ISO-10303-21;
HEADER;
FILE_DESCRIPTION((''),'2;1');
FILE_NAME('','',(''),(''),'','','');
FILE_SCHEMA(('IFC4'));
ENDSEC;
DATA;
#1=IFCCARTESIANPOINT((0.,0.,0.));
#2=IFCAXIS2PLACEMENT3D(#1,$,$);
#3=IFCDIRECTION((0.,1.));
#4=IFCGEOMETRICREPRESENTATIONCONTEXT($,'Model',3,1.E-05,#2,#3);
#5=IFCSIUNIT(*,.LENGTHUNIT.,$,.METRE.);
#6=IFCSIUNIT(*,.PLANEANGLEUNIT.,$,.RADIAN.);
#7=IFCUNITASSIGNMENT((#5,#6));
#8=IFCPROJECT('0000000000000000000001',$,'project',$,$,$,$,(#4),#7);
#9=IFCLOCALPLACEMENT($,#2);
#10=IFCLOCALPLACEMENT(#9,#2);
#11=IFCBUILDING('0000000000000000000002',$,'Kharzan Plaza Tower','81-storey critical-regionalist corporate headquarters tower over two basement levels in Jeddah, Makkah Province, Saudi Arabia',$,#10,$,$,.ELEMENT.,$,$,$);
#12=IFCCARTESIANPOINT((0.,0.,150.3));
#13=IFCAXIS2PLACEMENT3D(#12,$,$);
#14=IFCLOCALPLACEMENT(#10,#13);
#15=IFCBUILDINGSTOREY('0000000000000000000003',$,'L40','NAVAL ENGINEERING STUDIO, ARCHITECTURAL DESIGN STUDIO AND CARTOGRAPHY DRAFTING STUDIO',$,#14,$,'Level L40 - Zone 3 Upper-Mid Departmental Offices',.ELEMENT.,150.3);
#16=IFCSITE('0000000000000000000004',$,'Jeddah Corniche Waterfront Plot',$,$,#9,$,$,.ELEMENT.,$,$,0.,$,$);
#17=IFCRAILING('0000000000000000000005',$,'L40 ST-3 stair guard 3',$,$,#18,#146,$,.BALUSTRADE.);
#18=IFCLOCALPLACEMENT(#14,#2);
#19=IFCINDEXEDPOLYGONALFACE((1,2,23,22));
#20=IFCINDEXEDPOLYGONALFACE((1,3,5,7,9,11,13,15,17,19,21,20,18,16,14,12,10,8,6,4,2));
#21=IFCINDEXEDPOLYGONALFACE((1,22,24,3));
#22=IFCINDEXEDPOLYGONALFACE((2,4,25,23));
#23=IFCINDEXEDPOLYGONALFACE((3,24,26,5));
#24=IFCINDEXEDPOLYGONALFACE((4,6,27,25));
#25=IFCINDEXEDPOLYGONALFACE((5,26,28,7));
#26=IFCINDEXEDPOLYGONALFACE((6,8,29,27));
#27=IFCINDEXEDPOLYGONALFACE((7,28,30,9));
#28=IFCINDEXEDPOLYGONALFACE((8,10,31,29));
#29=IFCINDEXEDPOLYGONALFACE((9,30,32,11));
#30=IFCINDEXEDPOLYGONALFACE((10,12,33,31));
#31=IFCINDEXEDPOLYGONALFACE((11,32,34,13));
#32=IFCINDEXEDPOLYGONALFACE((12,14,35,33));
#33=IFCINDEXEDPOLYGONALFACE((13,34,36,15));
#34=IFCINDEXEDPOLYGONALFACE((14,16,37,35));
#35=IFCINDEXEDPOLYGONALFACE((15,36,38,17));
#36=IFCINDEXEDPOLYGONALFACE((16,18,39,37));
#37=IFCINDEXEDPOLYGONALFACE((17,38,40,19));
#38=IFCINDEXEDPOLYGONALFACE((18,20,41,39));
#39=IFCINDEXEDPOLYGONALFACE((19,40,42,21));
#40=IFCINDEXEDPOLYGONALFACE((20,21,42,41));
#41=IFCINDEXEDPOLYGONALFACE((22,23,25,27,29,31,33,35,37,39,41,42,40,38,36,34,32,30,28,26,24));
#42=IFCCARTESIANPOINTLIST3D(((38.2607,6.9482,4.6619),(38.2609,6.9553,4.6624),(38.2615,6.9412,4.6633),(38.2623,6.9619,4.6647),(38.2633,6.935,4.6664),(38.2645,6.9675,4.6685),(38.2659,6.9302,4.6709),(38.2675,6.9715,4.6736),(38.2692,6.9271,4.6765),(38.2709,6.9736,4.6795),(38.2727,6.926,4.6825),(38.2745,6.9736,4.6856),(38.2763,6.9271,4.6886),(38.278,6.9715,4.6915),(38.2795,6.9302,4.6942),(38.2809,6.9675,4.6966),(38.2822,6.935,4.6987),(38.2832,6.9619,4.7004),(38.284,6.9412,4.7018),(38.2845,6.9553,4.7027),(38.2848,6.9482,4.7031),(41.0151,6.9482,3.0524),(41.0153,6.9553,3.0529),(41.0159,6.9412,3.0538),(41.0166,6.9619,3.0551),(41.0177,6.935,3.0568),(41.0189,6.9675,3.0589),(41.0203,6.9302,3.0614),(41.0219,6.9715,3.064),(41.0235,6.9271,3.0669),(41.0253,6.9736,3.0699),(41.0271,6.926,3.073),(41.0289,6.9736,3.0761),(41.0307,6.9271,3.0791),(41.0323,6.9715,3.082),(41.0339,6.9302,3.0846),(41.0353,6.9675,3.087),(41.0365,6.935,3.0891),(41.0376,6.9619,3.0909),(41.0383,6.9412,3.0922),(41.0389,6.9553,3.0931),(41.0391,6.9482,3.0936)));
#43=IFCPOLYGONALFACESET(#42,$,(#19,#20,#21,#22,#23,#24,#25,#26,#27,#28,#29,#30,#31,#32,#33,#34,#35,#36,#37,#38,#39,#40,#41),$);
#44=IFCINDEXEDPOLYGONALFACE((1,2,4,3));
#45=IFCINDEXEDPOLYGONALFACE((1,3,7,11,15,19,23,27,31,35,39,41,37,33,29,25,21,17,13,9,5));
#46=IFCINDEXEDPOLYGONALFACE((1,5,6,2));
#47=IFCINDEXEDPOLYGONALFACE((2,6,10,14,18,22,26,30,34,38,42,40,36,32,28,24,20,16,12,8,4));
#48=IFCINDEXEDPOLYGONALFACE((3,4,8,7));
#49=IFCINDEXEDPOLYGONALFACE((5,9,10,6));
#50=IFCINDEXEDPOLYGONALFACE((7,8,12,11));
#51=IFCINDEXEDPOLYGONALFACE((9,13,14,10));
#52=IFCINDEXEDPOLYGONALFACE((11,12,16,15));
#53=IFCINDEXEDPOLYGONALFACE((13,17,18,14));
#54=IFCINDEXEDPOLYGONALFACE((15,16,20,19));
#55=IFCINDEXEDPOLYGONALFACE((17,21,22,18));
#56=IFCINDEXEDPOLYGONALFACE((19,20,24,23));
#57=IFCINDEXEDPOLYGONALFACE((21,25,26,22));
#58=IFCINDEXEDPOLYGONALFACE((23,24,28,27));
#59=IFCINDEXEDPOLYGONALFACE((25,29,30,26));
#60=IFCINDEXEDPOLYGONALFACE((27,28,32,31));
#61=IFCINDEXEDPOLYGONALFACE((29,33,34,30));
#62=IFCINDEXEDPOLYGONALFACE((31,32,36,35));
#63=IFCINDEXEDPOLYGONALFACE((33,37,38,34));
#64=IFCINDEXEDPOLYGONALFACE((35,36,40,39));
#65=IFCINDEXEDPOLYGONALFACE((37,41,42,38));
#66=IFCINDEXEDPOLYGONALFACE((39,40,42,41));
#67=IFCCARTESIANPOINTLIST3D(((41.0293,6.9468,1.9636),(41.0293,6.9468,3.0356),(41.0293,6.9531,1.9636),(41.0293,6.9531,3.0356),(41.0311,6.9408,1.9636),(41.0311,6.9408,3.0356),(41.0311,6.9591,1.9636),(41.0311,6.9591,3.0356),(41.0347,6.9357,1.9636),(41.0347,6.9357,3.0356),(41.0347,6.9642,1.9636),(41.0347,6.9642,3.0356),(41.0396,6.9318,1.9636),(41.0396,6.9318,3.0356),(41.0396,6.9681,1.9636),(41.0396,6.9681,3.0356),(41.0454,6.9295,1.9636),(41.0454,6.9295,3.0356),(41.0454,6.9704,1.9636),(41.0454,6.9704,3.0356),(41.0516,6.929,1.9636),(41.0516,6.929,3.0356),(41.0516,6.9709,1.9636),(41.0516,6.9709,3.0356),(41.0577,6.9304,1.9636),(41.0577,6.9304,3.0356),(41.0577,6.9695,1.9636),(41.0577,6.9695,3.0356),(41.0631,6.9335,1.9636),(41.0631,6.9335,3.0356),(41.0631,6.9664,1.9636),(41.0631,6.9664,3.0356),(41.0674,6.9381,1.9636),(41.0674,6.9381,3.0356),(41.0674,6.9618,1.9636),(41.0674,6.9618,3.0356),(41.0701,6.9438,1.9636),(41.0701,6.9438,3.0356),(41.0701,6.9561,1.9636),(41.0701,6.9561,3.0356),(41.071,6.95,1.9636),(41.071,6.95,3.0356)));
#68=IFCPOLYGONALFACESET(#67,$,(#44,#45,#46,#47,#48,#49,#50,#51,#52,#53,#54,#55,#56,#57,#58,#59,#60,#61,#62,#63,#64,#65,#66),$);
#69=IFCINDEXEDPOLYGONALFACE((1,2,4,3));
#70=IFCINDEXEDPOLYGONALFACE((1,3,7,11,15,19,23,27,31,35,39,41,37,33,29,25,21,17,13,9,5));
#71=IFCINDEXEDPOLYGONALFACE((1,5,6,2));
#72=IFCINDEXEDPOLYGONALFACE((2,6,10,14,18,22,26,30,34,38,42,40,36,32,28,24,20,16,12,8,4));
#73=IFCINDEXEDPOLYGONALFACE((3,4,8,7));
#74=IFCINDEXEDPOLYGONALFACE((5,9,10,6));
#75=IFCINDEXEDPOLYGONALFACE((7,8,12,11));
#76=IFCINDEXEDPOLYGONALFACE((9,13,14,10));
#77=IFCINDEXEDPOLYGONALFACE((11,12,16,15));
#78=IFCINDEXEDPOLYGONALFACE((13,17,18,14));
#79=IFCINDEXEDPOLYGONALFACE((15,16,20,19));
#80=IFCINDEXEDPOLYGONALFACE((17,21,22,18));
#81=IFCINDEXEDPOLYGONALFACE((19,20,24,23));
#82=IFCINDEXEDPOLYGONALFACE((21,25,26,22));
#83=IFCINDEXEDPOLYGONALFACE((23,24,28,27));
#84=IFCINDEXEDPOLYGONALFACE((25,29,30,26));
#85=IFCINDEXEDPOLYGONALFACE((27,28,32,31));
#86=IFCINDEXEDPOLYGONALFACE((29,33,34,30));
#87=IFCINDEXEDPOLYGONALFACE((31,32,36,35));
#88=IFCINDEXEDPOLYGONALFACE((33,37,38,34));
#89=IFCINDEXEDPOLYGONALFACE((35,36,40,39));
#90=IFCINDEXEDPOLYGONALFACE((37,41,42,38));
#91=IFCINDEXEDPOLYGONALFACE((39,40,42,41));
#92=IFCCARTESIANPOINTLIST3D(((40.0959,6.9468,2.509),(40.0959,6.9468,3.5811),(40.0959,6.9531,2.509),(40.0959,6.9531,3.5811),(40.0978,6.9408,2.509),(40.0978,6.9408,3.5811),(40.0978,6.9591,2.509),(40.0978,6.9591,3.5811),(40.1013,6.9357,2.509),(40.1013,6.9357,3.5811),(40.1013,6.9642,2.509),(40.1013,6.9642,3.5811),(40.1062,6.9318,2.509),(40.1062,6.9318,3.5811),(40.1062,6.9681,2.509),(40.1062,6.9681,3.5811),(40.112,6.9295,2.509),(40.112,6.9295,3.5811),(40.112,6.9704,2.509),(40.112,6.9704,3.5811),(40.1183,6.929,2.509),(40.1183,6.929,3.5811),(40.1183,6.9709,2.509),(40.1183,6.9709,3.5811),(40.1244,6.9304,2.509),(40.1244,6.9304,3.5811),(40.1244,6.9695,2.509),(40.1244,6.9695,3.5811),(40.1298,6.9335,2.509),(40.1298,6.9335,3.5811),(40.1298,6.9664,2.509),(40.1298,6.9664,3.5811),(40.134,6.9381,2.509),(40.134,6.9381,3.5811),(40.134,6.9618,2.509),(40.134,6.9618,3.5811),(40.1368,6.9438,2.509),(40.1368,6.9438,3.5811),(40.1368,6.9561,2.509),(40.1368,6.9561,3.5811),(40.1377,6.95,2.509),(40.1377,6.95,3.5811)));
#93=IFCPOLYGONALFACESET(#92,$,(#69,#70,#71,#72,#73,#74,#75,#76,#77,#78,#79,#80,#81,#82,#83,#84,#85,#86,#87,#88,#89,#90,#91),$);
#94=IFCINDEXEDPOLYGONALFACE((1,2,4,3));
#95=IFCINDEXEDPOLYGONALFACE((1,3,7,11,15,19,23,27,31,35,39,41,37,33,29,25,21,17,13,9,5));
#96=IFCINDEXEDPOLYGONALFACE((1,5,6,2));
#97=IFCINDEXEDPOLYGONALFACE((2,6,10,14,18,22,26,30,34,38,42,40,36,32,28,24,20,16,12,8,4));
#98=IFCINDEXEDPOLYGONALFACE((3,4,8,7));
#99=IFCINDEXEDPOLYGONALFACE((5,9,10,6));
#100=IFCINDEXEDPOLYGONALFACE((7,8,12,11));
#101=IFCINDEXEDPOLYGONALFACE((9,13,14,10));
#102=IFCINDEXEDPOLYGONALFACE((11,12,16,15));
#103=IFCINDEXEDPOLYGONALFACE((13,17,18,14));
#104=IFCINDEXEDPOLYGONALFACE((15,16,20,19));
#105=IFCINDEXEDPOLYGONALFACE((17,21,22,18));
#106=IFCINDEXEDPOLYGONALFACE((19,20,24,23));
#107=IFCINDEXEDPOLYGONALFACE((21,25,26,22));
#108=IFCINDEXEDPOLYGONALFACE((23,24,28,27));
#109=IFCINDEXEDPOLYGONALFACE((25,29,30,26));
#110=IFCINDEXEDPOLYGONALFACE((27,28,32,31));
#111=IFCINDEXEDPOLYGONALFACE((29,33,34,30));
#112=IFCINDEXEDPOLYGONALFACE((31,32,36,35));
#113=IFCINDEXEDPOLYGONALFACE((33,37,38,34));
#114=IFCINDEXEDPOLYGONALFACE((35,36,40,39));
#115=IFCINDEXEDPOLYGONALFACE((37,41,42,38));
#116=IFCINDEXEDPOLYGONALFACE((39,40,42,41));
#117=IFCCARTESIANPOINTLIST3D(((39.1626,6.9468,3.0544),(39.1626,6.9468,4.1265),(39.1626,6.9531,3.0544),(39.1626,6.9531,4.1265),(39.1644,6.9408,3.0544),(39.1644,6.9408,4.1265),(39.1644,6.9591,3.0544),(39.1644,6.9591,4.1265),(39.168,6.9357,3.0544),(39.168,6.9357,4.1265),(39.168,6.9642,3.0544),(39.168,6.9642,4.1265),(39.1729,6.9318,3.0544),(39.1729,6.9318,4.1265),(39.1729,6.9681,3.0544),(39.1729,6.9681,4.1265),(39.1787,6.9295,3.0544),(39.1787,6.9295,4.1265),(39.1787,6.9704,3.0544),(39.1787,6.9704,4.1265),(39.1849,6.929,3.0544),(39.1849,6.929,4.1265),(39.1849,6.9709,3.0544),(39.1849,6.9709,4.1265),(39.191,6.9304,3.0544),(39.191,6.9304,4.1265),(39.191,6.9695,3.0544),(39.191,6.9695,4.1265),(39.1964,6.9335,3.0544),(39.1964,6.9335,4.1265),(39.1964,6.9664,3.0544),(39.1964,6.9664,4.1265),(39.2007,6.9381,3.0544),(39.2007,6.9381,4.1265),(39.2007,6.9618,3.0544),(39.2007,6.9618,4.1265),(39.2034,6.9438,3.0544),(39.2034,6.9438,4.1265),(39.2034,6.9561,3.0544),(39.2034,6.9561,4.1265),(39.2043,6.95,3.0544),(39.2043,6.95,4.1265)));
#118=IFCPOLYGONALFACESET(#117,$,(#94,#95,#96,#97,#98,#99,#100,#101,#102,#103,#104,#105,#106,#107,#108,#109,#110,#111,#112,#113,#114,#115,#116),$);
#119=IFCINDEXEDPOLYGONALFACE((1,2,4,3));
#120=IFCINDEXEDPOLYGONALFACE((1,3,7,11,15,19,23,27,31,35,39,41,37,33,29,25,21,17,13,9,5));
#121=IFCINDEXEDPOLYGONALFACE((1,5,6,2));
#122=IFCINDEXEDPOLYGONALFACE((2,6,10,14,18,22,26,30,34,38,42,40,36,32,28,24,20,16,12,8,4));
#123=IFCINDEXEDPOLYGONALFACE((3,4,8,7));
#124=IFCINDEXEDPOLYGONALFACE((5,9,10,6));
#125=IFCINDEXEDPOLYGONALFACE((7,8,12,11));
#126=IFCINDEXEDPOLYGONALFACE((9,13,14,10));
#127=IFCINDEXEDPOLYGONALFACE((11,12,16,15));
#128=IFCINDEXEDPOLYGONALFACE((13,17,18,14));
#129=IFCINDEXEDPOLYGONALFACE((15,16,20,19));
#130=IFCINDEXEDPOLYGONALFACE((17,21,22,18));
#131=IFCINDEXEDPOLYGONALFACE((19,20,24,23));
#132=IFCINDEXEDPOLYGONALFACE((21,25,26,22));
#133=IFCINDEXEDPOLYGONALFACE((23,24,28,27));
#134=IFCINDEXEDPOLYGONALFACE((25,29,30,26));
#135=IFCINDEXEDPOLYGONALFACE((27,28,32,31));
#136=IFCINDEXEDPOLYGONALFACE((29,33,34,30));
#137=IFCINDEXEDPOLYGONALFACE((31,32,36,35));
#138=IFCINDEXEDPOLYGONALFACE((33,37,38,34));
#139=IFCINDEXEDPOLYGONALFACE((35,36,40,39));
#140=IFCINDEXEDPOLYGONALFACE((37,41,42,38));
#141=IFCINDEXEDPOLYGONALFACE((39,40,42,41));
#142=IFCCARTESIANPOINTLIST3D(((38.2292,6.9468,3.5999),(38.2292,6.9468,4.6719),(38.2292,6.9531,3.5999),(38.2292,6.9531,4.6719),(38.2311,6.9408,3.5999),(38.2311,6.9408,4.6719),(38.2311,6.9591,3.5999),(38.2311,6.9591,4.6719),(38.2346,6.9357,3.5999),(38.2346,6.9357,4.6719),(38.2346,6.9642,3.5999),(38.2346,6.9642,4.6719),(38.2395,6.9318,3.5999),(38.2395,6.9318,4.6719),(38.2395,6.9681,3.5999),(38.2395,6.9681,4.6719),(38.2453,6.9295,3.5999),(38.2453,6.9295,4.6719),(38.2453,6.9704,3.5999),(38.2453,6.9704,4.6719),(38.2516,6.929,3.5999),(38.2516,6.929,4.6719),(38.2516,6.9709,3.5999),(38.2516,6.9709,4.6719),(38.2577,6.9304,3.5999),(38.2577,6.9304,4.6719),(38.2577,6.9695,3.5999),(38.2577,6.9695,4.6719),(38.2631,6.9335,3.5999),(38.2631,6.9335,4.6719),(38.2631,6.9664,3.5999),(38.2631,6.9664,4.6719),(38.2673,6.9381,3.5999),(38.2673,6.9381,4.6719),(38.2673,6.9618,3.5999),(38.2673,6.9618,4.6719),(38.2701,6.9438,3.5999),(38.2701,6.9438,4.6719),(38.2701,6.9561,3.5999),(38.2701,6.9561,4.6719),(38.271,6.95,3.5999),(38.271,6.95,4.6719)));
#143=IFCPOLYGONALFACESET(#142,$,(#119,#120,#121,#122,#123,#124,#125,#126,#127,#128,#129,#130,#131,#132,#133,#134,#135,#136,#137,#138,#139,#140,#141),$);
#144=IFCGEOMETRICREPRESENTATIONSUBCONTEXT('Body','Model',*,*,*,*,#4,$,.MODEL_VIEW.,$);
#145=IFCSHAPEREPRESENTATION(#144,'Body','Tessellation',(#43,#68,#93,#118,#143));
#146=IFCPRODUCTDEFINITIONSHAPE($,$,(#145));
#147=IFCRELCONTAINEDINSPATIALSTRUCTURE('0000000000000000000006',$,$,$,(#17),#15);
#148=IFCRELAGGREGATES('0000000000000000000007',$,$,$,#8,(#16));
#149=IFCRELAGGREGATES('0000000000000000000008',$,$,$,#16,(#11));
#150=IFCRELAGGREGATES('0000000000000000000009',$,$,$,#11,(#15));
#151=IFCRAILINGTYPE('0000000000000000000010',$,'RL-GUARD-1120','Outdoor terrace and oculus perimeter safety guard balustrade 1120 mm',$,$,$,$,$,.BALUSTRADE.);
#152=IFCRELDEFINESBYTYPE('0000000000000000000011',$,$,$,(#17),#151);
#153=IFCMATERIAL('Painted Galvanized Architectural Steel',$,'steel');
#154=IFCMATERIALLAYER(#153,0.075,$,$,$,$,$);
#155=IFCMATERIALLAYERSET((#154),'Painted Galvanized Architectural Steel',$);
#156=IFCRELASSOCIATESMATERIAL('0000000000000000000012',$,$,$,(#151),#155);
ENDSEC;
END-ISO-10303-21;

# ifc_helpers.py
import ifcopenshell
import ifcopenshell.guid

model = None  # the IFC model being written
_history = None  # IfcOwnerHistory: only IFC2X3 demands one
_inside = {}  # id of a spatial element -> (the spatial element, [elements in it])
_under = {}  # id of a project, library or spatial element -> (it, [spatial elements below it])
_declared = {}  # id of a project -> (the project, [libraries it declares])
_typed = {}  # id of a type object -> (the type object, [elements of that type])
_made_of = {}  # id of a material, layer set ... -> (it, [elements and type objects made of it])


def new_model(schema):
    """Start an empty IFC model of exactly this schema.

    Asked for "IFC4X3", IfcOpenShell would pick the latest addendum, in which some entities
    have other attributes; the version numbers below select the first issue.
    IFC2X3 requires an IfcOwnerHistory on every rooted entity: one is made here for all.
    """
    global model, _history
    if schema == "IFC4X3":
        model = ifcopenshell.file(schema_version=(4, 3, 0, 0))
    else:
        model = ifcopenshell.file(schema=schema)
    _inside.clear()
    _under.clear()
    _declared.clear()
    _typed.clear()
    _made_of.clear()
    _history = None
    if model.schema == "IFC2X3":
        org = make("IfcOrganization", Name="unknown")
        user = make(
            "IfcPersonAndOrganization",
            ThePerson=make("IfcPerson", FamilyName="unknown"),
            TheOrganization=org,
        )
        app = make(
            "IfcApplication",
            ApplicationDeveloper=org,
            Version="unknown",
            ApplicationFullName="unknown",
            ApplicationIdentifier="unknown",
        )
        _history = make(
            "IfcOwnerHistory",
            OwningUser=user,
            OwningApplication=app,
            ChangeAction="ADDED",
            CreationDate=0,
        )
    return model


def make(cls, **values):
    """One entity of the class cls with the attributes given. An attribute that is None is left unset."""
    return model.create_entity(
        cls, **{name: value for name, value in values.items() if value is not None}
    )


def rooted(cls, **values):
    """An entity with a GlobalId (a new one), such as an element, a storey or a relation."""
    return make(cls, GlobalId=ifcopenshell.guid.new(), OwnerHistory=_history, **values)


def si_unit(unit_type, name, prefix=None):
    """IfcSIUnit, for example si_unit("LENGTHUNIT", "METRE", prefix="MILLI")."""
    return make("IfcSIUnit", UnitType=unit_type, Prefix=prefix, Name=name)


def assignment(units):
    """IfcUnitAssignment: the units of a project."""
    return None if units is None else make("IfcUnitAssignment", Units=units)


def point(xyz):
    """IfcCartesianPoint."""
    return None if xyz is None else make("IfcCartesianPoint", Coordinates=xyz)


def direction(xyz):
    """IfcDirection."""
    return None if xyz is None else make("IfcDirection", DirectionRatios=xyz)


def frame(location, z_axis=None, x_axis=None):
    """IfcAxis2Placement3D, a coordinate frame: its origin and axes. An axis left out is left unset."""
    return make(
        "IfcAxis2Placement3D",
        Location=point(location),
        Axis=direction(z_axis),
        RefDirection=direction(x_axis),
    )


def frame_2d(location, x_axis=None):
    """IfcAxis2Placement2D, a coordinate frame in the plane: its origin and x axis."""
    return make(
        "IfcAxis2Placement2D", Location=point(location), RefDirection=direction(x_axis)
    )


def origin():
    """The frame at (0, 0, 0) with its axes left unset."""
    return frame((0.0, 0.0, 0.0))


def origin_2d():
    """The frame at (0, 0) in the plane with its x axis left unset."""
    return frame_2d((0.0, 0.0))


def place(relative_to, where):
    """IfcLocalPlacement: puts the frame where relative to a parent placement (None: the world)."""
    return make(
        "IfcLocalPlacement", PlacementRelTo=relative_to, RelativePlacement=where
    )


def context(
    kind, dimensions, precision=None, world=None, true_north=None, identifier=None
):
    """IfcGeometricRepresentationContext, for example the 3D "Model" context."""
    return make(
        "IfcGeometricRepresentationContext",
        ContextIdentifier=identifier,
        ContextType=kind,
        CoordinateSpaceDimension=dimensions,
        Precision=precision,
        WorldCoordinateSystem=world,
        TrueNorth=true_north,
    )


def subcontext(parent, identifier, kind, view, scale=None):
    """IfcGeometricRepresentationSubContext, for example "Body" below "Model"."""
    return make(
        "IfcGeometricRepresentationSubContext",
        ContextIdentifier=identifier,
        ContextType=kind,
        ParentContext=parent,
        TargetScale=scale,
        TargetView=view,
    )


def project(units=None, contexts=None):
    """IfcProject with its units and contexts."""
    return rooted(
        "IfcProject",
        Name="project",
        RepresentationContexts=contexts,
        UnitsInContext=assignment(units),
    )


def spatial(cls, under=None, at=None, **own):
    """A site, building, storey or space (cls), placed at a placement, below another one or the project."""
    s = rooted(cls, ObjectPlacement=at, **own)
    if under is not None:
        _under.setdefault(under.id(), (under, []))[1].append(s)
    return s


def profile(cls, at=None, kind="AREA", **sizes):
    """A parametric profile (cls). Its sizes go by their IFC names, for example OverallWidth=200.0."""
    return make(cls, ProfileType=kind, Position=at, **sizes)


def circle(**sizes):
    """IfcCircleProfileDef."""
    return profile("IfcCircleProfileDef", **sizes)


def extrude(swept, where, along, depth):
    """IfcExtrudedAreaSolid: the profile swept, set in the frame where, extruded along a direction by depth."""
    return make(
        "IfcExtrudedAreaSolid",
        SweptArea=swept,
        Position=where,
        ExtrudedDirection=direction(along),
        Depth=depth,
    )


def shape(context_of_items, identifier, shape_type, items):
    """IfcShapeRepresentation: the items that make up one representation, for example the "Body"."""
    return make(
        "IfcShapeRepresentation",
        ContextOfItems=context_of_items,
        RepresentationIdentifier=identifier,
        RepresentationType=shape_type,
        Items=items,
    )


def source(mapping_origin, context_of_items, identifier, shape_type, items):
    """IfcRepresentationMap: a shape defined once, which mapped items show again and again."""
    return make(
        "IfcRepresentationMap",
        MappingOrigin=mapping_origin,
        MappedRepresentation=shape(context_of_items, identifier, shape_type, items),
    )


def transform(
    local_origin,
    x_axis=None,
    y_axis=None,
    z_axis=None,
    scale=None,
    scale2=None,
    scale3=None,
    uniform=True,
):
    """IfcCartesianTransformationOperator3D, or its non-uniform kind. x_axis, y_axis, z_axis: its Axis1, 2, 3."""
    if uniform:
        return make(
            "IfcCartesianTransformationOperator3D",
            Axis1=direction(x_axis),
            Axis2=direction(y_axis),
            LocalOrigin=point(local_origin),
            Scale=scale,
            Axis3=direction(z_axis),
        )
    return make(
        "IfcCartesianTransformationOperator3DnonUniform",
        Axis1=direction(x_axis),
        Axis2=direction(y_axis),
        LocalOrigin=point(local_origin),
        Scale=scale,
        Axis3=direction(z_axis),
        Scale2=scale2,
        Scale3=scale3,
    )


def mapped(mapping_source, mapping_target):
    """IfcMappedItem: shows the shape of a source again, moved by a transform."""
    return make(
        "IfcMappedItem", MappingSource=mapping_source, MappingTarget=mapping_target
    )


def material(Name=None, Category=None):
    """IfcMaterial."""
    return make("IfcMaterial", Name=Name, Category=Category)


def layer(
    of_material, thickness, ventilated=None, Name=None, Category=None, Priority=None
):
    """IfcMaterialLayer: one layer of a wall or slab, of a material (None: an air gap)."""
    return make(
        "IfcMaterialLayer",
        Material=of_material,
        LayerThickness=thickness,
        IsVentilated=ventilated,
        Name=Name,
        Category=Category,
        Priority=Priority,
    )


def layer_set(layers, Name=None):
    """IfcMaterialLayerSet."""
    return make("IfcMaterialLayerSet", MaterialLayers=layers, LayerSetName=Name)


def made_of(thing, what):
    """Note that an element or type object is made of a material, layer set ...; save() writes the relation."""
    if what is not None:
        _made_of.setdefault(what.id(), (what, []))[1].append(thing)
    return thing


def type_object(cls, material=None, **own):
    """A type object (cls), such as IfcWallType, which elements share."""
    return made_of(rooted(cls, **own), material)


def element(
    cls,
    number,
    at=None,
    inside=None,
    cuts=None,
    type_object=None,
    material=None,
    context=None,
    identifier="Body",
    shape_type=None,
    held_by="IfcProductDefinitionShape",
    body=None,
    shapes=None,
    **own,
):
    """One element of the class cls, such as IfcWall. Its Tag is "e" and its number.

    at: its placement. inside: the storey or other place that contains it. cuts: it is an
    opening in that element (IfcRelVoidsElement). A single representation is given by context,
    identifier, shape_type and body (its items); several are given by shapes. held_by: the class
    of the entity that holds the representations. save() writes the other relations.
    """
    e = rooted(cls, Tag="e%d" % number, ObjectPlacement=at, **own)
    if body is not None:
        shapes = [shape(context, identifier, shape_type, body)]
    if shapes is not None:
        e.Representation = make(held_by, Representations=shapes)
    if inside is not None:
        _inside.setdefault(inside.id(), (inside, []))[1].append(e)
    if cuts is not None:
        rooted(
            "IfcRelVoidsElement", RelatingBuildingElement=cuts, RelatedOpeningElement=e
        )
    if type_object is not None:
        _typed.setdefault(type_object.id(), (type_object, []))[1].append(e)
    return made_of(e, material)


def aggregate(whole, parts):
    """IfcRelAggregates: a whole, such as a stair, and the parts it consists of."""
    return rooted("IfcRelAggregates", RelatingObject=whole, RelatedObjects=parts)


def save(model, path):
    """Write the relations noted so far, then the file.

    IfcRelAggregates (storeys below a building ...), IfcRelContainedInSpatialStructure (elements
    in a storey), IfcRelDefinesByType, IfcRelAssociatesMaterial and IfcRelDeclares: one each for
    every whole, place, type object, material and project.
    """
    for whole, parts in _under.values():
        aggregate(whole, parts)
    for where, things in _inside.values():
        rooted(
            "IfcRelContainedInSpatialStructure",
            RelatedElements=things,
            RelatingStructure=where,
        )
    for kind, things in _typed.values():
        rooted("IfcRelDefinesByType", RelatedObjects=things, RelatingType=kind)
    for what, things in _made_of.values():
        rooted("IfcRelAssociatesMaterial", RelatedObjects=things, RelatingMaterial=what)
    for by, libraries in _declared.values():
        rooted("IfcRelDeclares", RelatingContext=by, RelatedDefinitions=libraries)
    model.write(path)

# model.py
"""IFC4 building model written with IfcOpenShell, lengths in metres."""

from ifc_helpers import new_model, si_unit, direction, frame, origin, origin_2d, place, context, subcontext, project, spatial, circle, extrude, source, transform, mapped, material, layer, layer_set, type_object, element, save


model = new_model("IFC4")

# Units and contexts
model_context = context("Model", 3, precision=1e-05, world=origin(), true_north=direction((0.0, 1.0)))
body_context = subcontext(model_context, "Body", "Model", "MODEL_VIEW")
ifc_project = project(units=[si_unit("LENGTHUNIT", "METRE"), si_unit("PLANEANGLEUNIT", "RADIAN")], contexts=[model_context])

# Site, building, storey
site_placement = place(None, origin())
site = spatial("IfcSite", under=ifc_project, at=site_placement, Name="Jeddah Corniche Waterfront Plot", CompositionType="ELEMENT", RefElevation=0.0)
building_placement = place(site_placement, origin())
building = spatial("IfcBuilding", under=site, at=building_placement, Name="Kharzan Plaza Tower", Description="81-storey critical-regionalist corporate headquarters tower over two basement levels in Jeddah, Makkah Province, Saudi Arabia", CompositionType="ELEMENT")
storey_placement = place(building_placement, frame((0.0, 0.0, 150.3)))
storey = spatial("IfcBuildingStorey", under=building, at=storey_placement, Name="L40", Description="NAVAL ENGINEERING STUDIO, ARCHITECTURAL DESIGN STUDIO AND CARTOGRAPHY DRAFTING STUDIO", LongName="Level L40 - Zone 3 Upper-Mid Departmental Offices", CompositionType="ELEMENT", Elevation=150.3)

# Railing
ifc_material_1 = material(Name="Painted Galvanized Architectural Steel", Category="steel")
ifc_layer_1 = layer(ifc_material_1, 0.075)
ifc_layer_set_1 = layer_set([ifc_layer_1], Name="Painted Galvanized Architectural Steel")
railing_type_1 = type_object("IfcRailingType", Name="RL-GUARD-1120", Description="Outdoor terrace and oculus perimeter safety guard balustrade 1120 mm", PredefinedType="BALUSTRADE", material=ifc_layer_set_1)
shared_shape_1 = source(origin(), body_context, "Body", "SweptSolid", [
    extrude(circle(Radius=0.0239, at=origin_2d()), frame((-0.0229, 0.0, 1.1094), z_axis=(-0.863394, 0.0, 0.504531), x_axis=(0.0, -1.0, 0.0)), (0.0, 0.0, 1.0), 3.1902),
    extrude(circle(Radius=0.021, at=origin_2d()), origin(), (0.0, 0.0, 1.0), 1.072),
    extrude(circle(Radius=0.021, at=origin_2d()), frame((-0.9333, 0.0, 0.5454)), (0.0, 0.0, 1.0), 1.072),
    extrude(circle(Radius=0.021, at=origin_2d()), frame((-1.8667, 0.0, 1.0908)), (0.0, 0.0, 1.0), 1.072),
    extrude(circle(Radius=0.021, at=origin_2d()), frame((-2.8, 0.0, 1.6362)), (0.0, 0.0, 1.0), 1.072),
])
railing_1_placement = place(storey_placement, frame((41.05, 6.95, 1.9636)))
element("IfcRailing", 1, at=railing_1_placement, inside=storey, type_object=railing_type_1, Name="L40 ST-3 stair guard 3", PredefinedType="BALUSTRADE", context=body_context, shape_type="MappedRepresentation", body=[
    mapped(shared_shape_1, transform((0.0, 0.0, 0.0), x_axis=(1.0, 0.0, 0.0), y_axis=(0.0, 1.0, 0.0), z_axis=(0.0, 0.0, 1.0))),
])

save(model, "model.ifc")
